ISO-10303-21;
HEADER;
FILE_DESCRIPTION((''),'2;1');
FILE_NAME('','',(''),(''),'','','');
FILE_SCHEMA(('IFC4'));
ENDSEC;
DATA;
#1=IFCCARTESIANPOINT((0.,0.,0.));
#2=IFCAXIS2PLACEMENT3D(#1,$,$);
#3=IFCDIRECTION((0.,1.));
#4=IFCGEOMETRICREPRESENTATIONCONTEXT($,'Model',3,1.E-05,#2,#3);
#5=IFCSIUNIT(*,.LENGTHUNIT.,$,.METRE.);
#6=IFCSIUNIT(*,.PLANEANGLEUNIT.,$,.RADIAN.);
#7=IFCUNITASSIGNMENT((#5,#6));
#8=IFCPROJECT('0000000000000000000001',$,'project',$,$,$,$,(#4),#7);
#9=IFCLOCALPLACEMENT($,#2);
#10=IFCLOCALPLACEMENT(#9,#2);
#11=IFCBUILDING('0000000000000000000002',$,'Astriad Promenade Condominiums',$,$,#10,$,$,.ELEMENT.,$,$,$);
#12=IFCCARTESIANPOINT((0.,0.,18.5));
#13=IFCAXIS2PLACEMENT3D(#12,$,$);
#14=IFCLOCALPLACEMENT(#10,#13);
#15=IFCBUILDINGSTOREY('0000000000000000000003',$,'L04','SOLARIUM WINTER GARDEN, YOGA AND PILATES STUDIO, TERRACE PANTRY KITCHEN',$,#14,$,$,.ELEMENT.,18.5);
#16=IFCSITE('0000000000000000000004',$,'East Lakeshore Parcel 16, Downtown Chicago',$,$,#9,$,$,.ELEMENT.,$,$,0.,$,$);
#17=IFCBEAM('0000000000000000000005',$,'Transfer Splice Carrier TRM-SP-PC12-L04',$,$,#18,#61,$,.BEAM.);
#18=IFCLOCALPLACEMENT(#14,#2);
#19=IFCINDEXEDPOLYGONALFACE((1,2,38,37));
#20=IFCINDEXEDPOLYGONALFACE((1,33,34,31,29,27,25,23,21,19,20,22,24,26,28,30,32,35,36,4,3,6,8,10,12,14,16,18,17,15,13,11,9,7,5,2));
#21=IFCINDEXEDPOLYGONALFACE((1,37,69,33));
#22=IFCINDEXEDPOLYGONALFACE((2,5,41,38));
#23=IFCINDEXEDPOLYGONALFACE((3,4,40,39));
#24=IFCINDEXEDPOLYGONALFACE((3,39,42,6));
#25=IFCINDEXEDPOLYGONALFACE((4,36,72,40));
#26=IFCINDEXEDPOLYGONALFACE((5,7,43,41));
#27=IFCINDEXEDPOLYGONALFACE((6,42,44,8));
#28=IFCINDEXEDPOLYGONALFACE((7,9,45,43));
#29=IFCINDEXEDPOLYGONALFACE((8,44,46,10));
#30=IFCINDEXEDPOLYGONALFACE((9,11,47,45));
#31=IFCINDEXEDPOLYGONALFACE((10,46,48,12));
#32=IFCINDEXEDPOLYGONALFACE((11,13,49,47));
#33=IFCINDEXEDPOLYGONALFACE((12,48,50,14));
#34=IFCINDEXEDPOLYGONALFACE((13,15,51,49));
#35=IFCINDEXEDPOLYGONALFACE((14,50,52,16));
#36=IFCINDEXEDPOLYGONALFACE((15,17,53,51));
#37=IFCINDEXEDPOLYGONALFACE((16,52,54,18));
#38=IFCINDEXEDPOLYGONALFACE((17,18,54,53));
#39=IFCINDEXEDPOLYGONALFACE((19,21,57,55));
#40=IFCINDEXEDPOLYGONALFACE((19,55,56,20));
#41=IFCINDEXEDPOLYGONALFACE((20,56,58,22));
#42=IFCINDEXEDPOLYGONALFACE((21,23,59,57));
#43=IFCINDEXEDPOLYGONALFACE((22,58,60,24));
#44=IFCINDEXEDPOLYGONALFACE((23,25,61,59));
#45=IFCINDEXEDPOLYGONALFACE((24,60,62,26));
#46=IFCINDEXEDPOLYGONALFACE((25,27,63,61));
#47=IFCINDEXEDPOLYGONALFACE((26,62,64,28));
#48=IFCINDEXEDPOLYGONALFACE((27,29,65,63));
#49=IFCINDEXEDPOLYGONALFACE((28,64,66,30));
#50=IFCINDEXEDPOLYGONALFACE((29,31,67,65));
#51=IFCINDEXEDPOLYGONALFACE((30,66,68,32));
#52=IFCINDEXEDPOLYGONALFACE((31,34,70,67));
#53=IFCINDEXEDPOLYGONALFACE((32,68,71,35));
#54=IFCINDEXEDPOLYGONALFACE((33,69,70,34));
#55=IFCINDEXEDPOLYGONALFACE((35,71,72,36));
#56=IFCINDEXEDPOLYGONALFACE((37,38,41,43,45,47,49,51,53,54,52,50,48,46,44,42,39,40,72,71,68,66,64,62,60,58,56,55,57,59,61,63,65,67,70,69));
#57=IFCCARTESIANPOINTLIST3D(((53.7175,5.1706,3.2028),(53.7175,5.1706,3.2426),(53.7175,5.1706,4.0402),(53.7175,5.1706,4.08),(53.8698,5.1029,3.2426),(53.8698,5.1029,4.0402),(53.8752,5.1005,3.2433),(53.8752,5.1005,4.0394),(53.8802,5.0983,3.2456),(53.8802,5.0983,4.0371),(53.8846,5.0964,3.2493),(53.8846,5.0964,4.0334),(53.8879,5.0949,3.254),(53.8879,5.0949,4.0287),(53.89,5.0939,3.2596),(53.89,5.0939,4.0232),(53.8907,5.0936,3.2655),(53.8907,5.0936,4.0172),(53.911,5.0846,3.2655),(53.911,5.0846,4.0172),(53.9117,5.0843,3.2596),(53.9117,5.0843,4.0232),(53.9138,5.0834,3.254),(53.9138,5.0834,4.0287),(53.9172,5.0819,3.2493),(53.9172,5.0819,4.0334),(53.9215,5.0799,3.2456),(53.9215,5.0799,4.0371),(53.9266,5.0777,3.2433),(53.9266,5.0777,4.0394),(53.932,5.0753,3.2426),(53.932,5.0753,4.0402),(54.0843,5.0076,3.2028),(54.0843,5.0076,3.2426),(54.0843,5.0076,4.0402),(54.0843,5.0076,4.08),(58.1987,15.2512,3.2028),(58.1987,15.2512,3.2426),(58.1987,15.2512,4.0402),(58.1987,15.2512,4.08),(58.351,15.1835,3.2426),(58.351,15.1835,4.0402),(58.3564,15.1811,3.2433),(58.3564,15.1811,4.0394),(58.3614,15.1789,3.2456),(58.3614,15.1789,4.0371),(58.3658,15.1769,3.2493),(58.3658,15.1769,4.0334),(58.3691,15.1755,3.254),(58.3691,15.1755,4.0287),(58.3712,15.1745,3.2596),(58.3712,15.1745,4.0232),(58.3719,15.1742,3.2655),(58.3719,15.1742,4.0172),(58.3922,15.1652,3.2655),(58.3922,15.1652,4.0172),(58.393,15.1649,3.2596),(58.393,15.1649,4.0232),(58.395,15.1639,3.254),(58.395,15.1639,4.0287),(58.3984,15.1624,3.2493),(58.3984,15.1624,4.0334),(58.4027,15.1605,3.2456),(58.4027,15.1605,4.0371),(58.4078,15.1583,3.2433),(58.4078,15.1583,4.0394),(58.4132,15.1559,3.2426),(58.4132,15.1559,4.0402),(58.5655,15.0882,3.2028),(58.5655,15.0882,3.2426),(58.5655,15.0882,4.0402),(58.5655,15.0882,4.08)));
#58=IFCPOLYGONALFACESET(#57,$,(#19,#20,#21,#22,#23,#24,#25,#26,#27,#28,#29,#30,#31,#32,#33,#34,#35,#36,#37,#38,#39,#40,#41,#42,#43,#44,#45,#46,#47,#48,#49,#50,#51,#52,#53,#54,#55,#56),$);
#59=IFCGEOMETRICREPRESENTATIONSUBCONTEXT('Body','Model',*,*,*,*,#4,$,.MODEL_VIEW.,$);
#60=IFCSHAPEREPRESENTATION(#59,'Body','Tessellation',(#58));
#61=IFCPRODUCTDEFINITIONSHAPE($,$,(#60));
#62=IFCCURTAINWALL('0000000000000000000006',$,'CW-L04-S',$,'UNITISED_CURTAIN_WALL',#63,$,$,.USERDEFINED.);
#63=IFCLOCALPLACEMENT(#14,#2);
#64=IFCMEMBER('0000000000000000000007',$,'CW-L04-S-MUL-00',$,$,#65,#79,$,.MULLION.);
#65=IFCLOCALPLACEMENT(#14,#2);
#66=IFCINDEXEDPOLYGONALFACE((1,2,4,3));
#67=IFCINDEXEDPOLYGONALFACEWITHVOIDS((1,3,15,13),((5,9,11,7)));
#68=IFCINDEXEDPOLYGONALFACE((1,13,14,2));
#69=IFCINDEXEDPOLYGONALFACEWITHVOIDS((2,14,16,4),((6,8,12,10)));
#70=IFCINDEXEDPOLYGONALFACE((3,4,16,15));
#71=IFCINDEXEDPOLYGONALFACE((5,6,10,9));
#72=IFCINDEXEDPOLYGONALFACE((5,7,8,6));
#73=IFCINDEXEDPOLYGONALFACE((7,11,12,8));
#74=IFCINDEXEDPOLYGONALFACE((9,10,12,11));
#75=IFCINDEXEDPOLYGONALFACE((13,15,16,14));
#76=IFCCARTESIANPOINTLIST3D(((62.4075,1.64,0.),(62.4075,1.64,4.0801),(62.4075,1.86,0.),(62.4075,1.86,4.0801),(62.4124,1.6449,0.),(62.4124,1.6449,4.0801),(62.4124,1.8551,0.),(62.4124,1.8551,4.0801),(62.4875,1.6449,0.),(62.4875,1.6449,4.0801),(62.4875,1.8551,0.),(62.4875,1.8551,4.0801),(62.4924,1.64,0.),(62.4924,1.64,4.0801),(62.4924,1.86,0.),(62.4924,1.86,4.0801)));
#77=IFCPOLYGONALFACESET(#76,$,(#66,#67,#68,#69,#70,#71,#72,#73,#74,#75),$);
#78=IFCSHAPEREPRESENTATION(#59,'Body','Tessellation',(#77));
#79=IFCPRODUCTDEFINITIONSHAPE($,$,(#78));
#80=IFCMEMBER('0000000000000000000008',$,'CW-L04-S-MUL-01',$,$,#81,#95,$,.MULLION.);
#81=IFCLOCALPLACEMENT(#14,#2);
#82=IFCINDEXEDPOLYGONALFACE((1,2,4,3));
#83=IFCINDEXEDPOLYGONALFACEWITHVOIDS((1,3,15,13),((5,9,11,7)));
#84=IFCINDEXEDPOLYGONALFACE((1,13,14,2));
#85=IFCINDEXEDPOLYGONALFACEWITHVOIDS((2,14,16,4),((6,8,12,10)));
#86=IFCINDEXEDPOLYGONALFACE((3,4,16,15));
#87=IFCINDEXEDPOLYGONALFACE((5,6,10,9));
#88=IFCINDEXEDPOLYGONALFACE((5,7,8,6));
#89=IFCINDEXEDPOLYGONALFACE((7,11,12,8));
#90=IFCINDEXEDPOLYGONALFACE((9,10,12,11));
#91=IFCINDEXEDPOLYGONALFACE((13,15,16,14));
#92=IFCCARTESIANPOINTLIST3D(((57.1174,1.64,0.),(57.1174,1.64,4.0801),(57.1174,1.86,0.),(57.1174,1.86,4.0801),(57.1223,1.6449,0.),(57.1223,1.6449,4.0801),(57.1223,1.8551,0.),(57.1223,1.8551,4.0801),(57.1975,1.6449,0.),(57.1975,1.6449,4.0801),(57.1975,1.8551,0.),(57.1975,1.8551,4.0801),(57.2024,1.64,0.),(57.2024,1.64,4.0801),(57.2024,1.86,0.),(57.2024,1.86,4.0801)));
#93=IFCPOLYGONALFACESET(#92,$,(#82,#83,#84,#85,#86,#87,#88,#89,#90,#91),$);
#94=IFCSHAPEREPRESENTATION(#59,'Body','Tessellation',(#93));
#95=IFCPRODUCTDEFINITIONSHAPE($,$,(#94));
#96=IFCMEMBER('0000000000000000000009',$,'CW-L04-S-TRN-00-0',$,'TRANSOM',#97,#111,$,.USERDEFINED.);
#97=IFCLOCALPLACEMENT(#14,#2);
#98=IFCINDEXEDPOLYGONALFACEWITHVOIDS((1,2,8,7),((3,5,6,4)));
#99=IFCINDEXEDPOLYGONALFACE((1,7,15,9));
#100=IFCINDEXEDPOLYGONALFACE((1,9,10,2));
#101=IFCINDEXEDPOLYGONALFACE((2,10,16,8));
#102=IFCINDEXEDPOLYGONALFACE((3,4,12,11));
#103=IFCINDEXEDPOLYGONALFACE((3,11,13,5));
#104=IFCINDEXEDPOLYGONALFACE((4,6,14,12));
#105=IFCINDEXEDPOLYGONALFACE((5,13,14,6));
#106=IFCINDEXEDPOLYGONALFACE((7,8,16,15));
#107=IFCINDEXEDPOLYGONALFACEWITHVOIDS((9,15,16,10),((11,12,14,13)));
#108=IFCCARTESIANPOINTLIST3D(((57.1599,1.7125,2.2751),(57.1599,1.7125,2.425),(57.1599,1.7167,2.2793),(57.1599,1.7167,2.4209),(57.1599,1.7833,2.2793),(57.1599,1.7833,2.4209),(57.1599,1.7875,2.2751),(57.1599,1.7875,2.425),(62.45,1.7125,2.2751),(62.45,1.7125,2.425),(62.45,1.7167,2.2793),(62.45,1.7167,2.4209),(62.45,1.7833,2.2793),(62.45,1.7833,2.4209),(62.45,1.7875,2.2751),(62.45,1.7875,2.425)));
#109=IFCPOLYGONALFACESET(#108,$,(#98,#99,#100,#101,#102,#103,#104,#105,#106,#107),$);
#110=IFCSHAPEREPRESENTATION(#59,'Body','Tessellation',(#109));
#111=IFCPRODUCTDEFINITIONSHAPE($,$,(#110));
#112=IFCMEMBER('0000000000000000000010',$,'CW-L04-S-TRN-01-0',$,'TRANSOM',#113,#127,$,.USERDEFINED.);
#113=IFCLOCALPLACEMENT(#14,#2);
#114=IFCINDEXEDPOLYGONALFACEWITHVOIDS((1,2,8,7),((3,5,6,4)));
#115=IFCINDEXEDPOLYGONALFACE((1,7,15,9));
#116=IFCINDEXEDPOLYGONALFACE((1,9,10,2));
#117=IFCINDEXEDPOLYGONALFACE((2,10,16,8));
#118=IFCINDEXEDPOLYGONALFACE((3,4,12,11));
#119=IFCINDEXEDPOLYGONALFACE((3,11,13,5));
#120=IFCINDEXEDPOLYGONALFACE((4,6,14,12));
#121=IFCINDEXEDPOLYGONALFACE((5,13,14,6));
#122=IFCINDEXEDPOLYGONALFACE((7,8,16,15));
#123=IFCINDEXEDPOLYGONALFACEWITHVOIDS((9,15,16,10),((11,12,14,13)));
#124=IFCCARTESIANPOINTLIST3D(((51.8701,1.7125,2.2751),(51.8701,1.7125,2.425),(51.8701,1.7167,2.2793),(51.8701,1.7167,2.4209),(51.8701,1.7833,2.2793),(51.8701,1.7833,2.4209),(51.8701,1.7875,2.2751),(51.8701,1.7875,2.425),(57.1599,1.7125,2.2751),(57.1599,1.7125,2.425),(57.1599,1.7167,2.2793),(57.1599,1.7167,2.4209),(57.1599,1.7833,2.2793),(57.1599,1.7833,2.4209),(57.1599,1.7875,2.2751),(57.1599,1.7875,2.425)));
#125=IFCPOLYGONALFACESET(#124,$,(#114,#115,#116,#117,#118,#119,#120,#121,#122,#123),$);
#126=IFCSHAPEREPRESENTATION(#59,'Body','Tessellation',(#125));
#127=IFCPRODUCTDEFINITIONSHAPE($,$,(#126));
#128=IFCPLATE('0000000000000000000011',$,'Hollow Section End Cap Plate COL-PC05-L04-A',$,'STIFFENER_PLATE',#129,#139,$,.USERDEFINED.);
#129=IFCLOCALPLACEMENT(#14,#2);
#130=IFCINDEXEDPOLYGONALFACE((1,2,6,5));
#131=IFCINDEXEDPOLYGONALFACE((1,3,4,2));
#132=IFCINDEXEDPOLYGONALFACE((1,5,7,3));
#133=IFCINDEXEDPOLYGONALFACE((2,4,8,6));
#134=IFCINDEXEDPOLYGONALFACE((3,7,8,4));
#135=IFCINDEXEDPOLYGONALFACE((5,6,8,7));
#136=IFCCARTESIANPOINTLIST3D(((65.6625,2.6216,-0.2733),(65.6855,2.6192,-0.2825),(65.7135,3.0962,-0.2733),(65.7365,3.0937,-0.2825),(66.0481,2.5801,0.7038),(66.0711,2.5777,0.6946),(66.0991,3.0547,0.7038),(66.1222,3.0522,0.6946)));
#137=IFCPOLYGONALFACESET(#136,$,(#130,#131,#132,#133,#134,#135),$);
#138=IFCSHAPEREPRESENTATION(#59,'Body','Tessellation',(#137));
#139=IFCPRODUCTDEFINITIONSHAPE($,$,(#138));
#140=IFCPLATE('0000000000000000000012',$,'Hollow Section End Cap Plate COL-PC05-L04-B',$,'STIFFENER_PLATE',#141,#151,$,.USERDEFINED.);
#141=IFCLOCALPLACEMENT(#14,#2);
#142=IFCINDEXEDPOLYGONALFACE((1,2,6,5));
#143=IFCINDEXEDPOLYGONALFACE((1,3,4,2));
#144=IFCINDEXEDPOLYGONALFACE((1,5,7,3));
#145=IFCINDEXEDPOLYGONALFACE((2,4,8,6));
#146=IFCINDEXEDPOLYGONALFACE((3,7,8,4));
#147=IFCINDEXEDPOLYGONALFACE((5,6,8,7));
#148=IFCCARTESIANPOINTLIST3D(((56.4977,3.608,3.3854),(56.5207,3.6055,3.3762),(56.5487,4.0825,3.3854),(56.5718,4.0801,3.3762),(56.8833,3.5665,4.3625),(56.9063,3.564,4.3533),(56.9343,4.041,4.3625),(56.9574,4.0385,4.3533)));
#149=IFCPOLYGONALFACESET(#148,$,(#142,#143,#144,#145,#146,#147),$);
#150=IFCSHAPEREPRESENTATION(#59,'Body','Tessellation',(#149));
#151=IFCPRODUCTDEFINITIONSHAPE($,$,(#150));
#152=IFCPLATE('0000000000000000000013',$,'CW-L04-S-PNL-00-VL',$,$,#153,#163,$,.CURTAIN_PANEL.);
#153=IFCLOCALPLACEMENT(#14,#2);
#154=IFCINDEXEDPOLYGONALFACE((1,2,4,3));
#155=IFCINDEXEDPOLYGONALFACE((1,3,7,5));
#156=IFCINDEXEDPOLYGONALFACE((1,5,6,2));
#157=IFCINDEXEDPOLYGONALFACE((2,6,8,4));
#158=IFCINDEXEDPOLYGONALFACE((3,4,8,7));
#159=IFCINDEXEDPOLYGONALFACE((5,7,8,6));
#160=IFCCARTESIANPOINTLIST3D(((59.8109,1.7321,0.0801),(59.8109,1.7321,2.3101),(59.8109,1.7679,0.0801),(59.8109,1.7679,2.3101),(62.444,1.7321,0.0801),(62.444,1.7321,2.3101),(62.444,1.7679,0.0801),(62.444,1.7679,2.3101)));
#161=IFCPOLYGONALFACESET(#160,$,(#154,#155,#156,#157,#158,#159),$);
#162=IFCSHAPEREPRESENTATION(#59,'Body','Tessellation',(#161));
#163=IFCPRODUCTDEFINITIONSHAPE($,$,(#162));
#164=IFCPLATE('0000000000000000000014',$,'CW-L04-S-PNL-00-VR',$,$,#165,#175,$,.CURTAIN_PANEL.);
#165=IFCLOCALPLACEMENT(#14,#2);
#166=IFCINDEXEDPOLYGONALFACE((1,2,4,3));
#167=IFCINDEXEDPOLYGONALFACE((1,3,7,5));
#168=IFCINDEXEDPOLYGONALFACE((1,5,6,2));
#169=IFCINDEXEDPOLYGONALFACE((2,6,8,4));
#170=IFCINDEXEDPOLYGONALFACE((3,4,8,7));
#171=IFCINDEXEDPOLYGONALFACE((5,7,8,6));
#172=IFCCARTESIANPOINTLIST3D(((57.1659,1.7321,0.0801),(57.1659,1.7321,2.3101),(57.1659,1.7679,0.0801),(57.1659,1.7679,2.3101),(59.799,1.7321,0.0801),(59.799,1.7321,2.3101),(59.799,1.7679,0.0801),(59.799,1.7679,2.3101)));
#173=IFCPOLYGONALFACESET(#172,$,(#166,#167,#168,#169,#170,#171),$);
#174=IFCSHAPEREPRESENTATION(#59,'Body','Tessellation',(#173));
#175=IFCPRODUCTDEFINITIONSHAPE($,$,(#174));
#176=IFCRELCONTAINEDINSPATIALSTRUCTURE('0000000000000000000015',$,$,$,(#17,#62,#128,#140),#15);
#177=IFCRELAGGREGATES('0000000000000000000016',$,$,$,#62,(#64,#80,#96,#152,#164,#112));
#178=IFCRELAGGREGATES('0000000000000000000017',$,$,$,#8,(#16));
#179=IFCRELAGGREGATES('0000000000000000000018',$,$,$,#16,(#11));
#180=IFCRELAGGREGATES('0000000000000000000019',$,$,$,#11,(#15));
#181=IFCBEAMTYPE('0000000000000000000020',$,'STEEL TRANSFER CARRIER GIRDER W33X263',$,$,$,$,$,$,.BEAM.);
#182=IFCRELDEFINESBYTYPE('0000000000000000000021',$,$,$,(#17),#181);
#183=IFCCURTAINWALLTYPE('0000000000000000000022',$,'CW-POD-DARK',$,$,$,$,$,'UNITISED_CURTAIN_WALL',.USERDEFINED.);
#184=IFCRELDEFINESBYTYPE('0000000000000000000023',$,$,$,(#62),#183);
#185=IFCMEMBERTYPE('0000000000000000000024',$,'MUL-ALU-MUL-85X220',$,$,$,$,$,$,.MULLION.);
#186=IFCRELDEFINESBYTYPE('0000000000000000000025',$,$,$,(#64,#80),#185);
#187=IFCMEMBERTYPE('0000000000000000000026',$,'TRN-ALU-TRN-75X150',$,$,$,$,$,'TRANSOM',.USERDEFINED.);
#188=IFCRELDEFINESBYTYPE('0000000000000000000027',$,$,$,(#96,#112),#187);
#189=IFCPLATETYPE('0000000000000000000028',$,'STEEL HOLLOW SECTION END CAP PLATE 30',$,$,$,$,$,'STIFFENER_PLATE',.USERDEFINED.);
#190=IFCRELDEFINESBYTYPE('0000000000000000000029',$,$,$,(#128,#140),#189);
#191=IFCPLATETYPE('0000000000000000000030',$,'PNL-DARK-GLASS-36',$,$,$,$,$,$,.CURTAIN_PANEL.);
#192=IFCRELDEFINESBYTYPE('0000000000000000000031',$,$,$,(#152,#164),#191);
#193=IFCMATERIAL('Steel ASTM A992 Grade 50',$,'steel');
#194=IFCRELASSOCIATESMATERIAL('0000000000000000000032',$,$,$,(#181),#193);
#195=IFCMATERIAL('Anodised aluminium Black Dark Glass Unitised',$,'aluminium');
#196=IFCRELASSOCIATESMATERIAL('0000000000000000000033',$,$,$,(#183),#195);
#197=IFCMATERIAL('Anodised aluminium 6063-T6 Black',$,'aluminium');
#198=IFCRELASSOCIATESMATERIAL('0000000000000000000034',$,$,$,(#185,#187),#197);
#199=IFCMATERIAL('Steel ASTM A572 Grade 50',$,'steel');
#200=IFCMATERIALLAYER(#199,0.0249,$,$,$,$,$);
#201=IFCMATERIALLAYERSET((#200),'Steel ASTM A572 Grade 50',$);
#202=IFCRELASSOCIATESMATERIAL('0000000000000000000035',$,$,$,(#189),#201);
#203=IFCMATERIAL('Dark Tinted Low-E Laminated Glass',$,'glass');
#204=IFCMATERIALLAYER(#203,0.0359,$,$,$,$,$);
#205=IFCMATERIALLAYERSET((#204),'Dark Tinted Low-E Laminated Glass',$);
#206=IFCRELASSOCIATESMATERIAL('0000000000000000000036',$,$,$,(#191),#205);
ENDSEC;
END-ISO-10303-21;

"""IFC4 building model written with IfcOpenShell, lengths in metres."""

from ifc_helpers import new_model, si_unit, direction, frame, origin, origin_2d, place, context, subcontext, project, spatial, rectangle, hollow_rectangle, i_section, extrude, source, transform, mapped, material, layer, layer_set, material_profile, profile_set, type_object, type_shapes, element, aggregate, save


model = new_model("IFC4")

# Units and contexts
model_context = context("Model", 3, precision=1e-05, world=origin(), true_north=direction((0.0, 1.0)))
body_context = subcontext(model_context, "Body", "Model", "MODEL_VIEW")
ifc_project = project(units=[si_unit("LENGTHUNIT", "METRE"), si_unit("PLANEANGLEUNIT", "RADIAN")], contexts=[model_context])

# Site, building, storey
site_placement = place(None, origin())
site = spatial("IfcSite", under=ifc_project, at=site_placement, Name="East Lakeshore Parcel 16, Downtown Chicago", CompositionType="ELEMENT", RefElevation=0.0)
building_placement = place(site_placement, origin())
building = spatial("IfcBuilding", under=site, at=building_placement, Name="Astriad Promenade Condominiums", CompositionType="ELEMENT")
storey_placement = place(building_placement, frame((0.0, 0.0, 18.5)))
storey = spatial("IfcBuildingStorey", under=building, at=storey_placement, Name="L04", Description="SOLARIUM WINTER GARDEN, YOGA AND PILATES STUDIO, TERRACE PANTRY KITCHEN", CompositionType="ELEMENT", Elevation=18.5)

# Shared definitions
ifc_material_1 = material(Name="Steel ASTM A992 Grade 50", Category="steel")

# Beam
ifc_material_profile_1 = material_profile(ifc_material_1, i_section(OverallWidth=0.4014, OverallDepth=0.8772, WebThickness=0.0222, FlangeThickness=0.0398, FilletRadius=0.0229, at=origin_2d()), Name="W33X263")
ifc_profile_set_1 = profile_set([ifc_material_profile_1], Name="Steel ASTM A992 Grade 50")
beam_type_1 = type_object("IfcBeamType", Name="STEEL TRANSFER CARRIER GIRDER W33X263", PredefinedType="BEAM", material=ifc_profile_set_1)
shared_shape_1 = source(origin(), body_context, "Body", "SweptSolid", [
    extrude(i_section(OverallWidth=0.4014, OverallDepth=0.8772, WebThickness=0.0222, FlangeThickness=0.0398, FilletRadius=0.0229, at=origin_2d()), origin(), (0.0, 0.0, 1.0), 11.0317),
])
type_shapes(beam_type_1, [shared_shape_1])
beam_1_placement = place(storey_placement, frame((53.9009, 5.0891, 3.6414), z_axis=(0.40621, 0.91378, 0.0), x_axis=(-0.91378, 0.40621, 0.0)))
element("IfcBeam", 1, at=beam_1_placement, inside=storey, type_object=beam_type_1, Name="Transfer Splice Carrier TRM-SP-PC12-L04", PredefinedType="BEAM", context=body_context, shape_type="MappedRepresentation", body=[
    mapped(shared_shape_1, transform((0.0, 0.0, 0.0), scale=1.0)),
])

# Curtain wall, members
ifc_material_2 = material(Name="Anodised aluminium Black Dark Glass Unitised", Category="aluminium")
curtain_wall_type = type_object("IfcCurtainWallType", Name="CW-POD-DARK", ElementType="UNITISED_CURTAIN_WALL", PredefinedType="USERDEFINED", material=ifc_material_2)
curtain_wall_placement = place(storey_placement, origin())
curtain_wall = element("IfcCurtainWall", 2, at=curtain_wall_placement, inside=storey, type_object=curtain_wall_type, Name="CW-L04-S", ObjectType="UNITISED_CURTAIN_WALL", PredefinedType="USERDEFINED")
ifc_material_3 = material(Name="Anodised aluminium 6063-T6 Black", Category="aluminium")
ifc_material_profile_2 = material_profile(ifc_material_3, hollow_rectangle(XDim=0.085, YDim=0.22, WallThickness=0.0049, at=origin_2d()), Name="ALU-MUL-85X220")
ifc_profile_set_2 = profile_set([ifc_material_profile_2], Name="Anodised aluminium 6063-T6 Black")
member_type_1 = type_object("IfcMemberType", Name="MUL-ALU-MUL-85X220", PredefinedType="MULLION", material=ifc_profile_set_2)
shared_shape_2 = source(origin(), body_context, "Body", "SweptSolid", [
    extrude(hollow_rectangle(XDim=0.085, YDim=0.22, WallThickness=0.0049, at=origin_2d()), origin(), (0.0, 0.0, 1.0), 4.0801),
])
type_shapes(member_type_1, [shared_shape_2])
member_1_placement = place(storey_placement, frame((62.45, 1.75, 0.0), z_axis=(0.0, 0.0, 1.0), x_axis=(1.0, 0.0, 0.0)))
member_1 = element("IfcMember", 3, at=member_1_placement, type_object=member_type_1, Name="CW-L04-S-MUL-00", PredefinedType="MULLION", context=body_context, shape_type="MappedRepresentation", body=[
    mapped(shared_shape_2, transform((0.0, 0.0, 0.0), scale=1.0)),
])
member_2_placement = place(storey_placement, frame((57.1599, 1.75, 0.0), z_axis=(0.0, 0.0, 1.0), x_axis=(1.0, 0.0, 0.0)))
member_2 = element("IfcMember", 4, at=member_2_placement, type_object=member_type_1, Name="CW-L04-S-MUL-01", PredefinedType="MULLION", context=body_context, shape_type="MappedRepresentation", body=[
    mapped(shared_shape_2, transform((0.0, 0.0, 0.0), scale=1.0)),
])
ifc_material_profile_3 = material_profile(ifc_material_3, hollow_rectangle(XDim=0.075, YDim=0.1499, WallThickness=0.0042, at=origin_2d()), Name="ALU-TRN-75X150")
ifc_profile_set_3 = profile_set([ifc_material_profile_3], Name="Anodised aluminium 6063-T6 Black")
member_type_2 = type_object("IfcMemberType", Name="TRN-ALU-TRN-75X150", ElementType="TRANSOM", PredefinedType="USERDEFINED", material=ifc_profile_set_3)
shared_shape_3 = source(origin(), body_context, "Body", "SweptSolid", [
    extrude(hollow_rectangle(XDim=0.075, YDim=0.1499, WallThickness=0.0042, at=origin_2d()), origin(), (0.0, 0.0, 1.0), 5.29),
])
member_3_placement = place(storey_placement, frame((62.45, 1.75, 2.3501), z_axis=(-1.0, 0.0, 0.0), x_axis=(0.0, -1.0, 0.0)))
member_3 = element("IfcMember", 5, at=member_3_placement, type_object=member_type_2, Name="CW-L04-S-TRN-00-0", ObjectType="TRANSOM", PredefinedType="USERDEFINED", context=body_context, shape_type="MappedRepresentation", body=[
    mapped(shared_shape_3, transform((0.0, 0.0, 0.0), scale=1.0)),
])
shared_shape_4 = source(origin(), body_context, "Body", "SweptSolid", [
    extrude(hollow_rectangle(XDim=0.075, YDim=0.1499, WallThickness=0.0042, at=origin_2d()), origin(), (0.0, 0.0, 1.0), 5.2898),
])
type_shapes(member_type_2, [shared_shape_3, shared_shape_4])
member_4_placement = place(storey_placement, frame((57.1599, 1.75, 2.3501), z_axis=(-1.0, 0.0, 0.0), x_axis=(0.0, -1.0, 0.0)))
member_4 = element("IfcMember", 6, at=member_4_placement, type_object=member_type_2, Name="CW-L04-S-TRN-01-0", ObjectType="TRANSOM", PredefinedType="USERDEFINED", context=body_context, shape_type="MappedRepresentation", body=[
    mapped(shared_shape_4, transform((0.0, 0.0, 0.0), scale=1.0)),
])

# Plates
ifc_material_4 = material(Name="Steel ASTM A572 Grade 50", Category="steel")
ifc_layer_1 = layer(ifc_material_4, 0.0249)
ifc_layer_set_1 = layer_set([ifc_layer_1], Name="Steel ASTM A572 Grade 50")
plate_type_1 = type_object("IfcPlateType", Name="STEEL HOLLOW SECTION END CAP PLATE 30", ElementType="STIFFENER_PLATE", PredefinedType="USERDEFINED", material=ifc_layer_set_1)
shared_shape_5 = source(origin(), body_context, "Body", "SweptSolid", [
    extrude(rectangle(XDim=0.4773, YDim=1.0513, at=origin_2d()), origin(), (0.0, 0.0, 1.0), 0.0249),
])
type_shapes(plate_type_1, [shared_shape_5])
for number, where, z_axis, x_axis, name in (
    (7, (65.9038, 2.8357, 0.2061), (-0.924124, 0.099473, 0.368918), (-0.107022, -0.994257, 0.0), "Hollow Section End Cap Plate COL-PC05-L04-A"),
    (8, (56.739, 3.822, 3.8647), (-0.924124, 0.099473, 0.368918), (-0.107022, -0.994257, 0.0), "Hollow Section End Cap Plate COL-PC05-L04-B"),
):
    element("IfcPlate", number, at=place(storey_placement, frame(where, z_axis=z_axis, x_axis=x_axis)), inside=storey, type_object=plate_type_1, Name=name, ObjectType="STIFFENER_PLATE", PredefinedType="USERDEFINED", context=body_context, shape_type="MappedRepresentation", body=[
        mapped(shared_shape_5, transform((0.0, 0.0, 0.0), scale=1.0)),
    ])

# Plates
ifc_material_5 = material(Name="Dark Tinted Low-E Laminated Glass", Category="glass")
ifc_layer_2 = layer(ifc_material_5, 0.0359)
ifc_layer_set_2 = layer_set([ifc_layer_2], Name="Dark Tinted Low-E Laminated Glass")
plate_type_2 = type_object("IfcPlateType", Name="PNL-DARK-GLASS-36", PredefinedType="CURTAIN_PANEL", material=ifc_layer_set_2)
shared_shape_6 = source(origin(), body_context, "Body", "SweptSolid", [
    extrude(rectangle(XDim=2.6331, YDim=0.0359, at=origin_2d()), origin(), (0.0, 0.0, 1.0), 2.23),
])
plate_1_placement = place(storey_placement, frame((61.1274, 1.75, 0.0801), z_axis=(0.0, 0.0, 1.0), x_axis=(-1.0, 0.0, 0.0)))
plate_1 = element("IfcPlate", 9, at=plate_1_placement, type_object=plate_type_2, Name="CW-L04-S-PNL-00-VL", PredefinedType="CURTAIN_PANEL", context=body_context, shape_type="MappedRepresentation", body=[
    mapped(shared_shape_6, transform((0.0, 0.0, 0.0), scale=1.0)),
])
plate_2_placement = place(storey_placement, frame((58.4824, 1.75, 0.0801), z_axis=(0.0, 0.0, 1.0), x_axis=(-1.0, 0.0, 0.0)))
plate_2 = element("IfcPlate", 10, at=plate_2_placement, type_object=plate_type_2, Name="CW-L04-S-PNL-00-VR", PredefinedType="CURTAIN_PANEL", context=body_context, shape_type="MappedRepresentation", body=[
    mapped(shared_shape_6, transform((0.0, 0.0, 0.0), scale=1.0)),
])
aggregate(curtain_wall, [member_1, member_2, member_3, plate_1, plate_2, member_4])

save(model, "model.ifc")
